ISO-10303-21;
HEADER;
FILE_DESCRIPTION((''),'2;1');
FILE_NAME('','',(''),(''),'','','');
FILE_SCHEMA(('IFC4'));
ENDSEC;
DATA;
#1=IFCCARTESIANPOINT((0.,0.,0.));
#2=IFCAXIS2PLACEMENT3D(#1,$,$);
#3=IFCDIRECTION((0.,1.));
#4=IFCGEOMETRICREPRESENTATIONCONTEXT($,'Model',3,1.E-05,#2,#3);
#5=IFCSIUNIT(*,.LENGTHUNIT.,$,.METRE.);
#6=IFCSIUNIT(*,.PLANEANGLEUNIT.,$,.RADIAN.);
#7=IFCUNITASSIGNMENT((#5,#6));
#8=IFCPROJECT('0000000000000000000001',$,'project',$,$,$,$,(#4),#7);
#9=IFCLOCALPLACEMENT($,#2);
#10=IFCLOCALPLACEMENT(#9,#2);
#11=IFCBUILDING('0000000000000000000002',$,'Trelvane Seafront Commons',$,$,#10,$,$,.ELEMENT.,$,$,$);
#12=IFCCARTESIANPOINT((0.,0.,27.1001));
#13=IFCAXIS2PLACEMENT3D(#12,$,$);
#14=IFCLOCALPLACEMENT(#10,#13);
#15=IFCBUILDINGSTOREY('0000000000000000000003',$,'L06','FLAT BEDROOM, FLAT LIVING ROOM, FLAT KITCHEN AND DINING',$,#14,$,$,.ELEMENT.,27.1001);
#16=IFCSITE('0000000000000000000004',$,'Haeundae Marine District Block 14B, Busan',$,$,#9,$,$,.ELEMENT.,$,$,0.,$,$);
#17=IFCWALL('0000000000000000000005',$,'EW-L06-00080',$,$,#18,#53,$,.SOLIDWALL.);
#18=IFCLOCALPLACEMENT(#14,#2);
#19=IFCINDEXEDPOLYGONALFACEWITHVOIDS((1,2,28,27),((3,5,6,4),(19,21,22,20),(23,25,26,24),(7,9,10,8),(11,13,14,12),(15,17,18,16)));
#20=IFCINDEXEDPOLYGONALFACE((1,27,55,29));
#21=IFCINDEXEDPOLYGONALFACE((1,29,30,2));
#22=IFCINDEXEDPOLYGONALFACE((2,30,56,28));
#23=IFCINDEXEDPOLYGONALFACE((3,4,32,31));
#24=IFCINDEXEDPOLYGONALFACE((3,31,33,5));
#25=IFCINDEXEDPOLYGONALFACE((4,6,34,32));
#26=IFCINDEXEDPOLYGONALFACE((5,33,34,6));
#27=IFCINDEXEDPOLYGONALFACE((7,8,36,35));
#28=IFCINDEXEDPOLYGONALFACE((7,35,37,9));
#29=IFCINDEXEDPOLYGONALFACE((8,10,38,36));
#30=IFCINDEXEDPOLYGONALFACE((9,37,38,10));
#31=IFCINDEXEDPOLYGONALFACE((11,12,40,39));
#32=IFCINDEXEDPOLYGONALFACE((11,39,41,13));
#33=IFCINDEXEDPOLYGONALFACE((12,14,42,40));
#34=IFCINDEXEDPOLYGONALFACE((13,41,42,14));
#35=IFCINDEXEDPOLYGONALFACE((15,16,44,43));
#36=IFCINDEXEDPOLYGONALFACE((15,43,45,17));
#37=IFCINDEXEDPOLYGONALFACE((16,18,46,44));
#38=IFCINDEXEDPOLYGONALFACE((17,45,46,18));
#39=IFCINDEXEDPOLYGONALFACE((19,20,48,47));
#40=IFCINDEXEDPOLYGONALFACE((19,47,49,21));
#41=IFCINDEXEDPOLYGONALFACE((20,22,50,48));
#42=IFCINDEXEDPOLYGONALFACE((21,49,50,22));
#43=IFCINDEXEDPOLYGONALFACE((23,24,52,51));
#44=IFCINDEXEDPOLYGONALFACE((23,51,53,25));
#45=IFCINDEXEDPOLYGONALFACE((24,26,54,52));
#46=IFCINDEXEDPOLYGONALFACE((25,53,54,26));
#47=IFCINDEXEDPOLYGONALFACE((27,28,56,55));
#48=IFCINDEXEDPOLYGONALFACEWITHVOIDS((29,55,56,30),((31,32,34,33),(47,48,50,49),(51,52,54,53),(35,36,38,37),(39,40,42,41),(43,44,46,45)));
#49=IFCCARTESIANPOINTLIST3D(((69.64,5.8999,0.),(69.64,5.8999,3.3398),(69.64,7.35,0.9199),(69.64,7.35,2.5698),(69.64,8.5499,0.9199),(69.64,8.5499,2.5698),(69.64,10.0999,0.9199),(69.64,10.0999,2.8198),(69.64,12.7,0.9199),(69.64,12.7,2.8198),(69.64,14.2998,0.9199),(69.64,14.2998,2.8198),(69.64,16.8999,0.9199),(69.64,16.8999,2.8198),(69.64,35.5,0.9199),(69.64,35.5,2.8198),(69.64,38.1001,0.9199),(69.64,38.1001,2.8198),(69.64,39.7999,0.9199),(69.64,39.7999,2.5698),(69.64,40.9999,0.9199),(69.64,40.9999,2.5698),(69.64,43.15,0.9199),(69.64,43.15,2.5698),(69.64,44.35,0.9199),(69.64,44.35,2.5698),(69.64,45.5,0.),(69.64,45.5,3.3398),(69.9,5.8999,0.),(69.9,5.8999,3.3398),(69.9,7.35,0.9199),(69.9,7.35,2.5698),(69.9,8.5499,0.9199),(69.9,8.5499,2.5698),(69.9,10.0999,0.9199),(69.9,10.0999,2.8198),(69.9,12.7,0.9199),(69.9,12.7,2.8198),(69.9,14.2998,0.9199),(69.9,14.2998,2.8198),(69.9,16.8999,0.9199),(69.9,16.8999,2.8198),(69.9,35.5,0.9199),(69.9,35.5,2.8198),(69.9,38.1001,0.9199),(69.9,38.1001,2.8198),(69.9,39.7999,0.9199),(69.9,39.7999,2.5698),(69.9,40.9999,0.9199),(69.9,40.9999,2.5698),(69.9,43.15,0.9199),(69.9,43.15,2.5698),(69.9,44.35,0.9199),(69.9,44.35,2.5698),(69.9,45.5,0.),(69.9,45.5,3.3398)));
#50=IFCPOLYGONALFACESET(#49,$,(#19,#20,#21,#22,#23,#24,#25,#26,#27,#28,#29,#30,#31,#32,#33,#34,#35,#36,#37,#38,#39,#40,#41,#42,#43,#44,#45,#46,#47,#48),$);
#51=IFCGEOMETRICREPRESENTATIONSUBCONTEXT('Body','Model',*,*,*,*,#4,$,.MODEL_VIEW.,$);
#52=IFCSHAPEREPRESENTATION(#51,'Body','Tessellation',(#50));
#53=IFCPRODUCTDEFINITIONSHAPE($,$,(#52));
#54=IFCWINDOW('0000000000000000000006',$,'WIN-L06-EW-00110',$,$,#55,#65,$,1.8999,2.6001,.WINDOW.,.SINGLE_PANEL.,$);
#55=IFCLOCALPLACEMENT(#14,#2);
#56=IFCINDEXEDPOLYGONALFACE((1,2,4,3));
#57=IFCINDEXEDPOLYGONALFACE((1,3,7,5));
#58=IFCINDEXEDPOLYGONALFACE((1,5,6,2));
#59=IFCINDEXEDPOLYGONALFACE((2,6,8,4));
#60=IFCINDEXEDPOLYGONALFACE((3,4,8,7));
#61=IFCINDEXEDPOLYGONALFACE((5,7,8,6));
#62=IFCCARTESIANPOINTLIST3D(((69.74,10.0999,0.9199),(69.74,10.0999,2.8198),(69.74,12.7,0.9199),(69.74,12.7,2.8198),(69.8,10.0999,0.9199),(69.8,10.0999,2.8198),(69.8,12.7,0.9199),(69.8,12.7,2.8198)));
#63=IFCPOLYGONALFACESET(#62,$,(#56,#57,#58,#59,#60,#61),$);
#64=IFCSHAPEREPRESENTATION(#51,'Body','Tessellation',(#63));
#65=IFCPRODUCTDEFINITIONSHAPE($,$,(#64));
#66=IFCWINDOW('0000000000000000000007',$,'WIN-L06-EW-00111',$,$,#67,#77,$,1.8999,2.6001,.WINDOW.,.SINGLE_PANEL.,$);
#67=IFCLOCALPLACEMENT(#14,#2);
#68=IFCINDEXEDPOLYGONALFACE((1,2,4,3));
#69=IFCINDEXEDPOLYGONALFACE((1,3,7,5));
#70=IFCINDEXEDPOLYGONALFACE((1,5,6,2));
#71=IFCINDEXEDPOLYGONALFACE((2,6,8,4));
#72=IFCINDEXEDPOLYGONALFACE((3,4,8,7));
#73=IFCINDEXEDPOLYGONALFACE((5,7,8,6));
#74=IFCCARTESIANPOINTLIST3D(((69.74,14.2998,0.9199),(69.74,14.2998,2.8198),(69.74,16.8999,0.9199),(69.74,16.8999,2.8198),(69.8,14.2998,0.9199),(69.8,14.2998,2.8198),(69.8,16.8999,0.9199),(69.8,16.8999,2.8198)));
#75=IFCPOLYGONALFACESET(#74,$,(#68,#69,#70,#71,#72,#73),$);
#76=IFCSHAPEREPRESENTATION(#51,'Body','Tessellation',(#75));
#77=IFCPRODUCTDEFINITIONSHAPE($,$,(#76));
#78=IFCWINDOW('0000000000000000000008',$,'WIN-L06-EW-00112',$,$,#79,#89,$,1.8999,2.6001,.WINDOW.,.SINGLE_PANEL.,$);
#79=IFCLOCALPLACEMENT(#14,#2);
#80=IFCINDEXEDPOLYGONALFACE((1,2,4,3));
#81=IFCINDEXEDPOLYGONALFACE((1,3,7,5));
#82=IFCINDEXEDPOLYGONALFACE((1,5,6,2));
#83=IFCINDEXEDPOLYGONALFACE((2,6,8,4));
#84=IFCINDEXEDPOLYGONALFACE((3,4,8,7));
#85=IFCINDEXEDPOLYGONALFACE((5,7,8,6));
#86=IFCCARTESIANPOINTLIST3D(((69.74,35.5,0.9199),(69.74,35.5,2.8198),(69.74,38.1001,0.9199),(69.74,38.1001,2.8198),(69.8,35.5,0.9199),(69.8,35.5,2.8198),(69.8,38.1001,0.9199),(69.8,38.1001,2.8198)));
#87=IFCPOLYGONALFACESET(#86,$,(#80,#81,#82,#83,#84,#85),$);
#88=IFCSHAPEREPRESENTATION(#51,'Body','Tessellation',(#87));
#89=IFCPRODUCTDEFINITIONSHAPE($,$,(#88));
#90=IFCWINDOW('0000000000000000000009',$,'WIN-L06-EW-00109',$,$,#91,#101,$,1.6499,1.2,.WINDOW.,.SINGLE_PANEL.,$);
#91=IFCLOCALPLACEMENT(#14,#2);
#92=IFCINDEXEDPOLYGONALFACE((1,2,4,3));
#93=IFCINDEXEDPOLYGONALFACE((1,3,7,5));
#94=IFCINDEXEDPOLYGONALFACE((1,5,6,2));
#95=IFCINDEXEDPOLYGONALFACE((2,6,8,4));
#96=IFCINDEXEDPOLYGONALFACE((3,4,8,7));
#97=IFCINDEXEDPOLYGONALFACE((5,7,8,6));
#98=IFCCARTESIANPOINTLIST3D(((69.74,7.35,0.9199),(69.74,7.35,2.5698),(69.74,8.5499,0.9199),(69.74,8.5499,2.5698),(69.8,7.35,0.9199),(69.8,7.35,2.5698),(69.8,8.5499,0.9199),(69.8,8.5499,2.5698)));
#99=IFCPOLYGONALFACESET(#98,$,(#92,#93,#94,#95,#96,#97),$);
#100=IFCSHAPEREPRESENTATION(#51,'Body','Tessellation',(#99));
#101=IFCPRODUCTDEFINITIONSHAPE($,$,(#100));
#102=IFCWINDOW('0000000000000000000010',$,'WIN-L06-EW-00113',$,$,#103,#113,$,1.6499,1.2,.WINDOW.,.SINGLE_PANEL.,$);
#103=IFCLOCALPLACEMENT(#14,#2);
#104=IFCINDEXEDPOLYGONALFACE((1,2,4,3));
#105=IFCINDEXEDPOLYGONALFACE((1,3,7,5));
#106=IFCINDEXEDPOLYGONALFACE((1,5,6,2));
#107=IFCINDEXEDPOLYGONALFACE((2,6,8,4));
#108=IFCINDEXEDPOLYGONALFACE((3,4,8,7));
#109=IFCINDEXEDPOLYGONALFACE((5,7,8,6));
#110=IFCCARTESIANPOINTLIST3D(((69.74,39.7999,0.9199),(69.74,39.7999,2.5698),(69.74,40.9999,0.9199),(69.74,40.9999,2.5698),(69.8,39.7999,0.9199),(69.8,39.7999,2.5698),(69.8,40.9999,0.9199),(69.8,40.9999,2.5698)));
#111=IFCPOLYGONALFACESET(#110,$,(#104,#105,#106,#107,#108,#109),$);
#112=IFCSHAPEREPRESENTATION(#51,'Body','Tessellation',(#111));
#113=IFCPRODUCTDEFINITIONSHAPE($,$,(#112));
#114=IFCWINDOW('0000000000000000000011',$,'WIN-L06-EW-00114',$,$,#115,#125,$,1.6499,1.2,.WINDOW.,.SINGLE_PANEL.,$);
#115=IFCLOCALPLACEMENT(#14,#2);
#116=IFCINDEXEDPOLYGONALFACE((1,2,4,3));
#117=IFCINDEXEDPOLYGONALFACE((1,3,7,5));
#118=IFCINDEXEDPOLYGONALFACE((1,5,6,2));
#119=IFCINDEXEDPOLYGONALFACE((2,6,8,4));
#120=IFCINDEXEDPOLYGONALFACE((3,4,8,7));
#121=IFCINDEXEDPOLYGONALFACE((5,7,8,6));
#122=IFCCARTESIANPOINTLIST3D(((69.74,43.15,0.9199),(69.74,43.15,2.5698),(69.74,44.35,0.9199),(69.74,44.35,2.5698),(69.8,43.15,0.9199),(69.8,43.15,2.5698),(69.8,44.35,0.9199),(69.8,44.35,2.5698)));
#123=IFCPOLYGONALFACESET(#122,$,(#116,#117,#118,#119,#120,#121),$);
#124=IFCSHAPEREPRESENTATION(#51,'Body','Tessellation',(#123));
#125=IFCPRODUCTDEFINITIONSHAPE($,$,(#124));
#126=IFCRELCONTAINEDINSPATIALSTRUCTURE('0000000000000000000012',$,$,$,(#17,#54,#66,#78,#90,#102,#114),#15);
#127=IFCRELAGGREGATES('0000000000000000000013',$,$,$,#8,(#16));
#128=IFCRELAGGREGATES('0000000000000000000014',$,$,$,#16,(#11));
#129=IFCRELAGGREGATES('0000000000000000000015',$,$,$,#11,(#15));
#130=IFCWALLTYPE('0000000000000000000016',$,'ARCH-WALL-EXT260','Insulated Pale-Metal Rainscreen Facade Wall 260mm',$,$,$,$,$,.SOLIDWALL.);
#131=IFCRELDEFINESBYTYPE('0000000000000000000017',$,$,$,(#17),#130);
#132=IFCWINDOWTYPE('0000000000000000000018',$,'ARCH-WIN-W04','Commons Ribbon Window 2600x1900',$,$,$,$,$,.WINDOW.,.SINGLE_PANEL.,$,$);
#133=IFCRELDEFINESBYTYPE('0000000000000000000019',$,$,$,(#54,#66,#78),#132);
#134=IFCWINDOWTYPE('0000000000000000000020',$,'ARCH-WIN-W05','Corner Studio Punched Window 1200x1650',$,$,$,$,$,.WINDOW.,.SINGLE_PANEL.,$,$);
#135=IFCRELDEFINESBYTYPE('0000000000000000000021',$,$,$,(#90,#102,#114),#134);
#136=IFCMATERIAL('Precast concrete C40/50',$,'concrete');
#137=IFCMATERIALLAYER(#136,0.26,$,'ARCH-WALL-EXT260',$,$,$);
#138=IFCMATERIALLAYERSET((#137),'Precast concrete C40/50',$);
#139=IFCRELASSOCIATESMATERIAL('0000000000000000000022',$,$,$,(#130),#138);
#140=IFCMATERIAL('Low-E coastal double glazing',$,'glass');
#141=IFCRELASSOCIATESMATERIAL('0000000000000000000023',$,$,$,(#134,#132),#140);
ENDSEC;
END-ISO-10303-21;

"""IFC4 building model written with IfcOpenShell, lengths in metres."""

from ifc_helpers import new_model, si_unit, direction, frame, frame_2d, origin, place, context, subcontext, project, spatial, rectangle, extrude, source, transform, mapped, material, layer, layer_set, type_object, element, fill, save


model = new_model("IFC4")

# Units and contexts
model_context = context("Model", 3, precision=1e-05, world=origin(), true_north=direction((0.0, 1.0)))
body_context = subcontext(model_context, "Body", "Model", "MODEL_VIEW")
ifc_project = project(units=[si_unit("LENGTHUNIT", "METRE"), si_unit("PLANEANGLEUNIT", "RADIAN")], contexts=[model_context])

# Site, building, storey
site_placement = place(None, origin())
site = spatial("IfcSite", under=ifc_project, at=site_placement, Name="Haeundae Marine District Block 14B, Busan", CompositionType="ELEMENT", RefElevation=0.0)
building_placement = place(site_placement, origin())
building = spatial("IfcBuilding", under=site, at=building_placement, Name="Trelvane Seafront Commons", CompositionType="ELEMENT")
storey_placement = place(building_placement, frame((0.0, 0.0, 27.1001)))
storey = spatial("IfcBuildingStorey", under=building, at=storey_placement, Name="L06", Description="FLAT BEDROOM, FLAT LIVING ROOM, FLAT KITCHEN AND DINING", CompositionType="ELEMENT", Elevation=27.1001)

# Shared definitions
ifc_material_1 = material(Name="Precast concrete C40/50", Category="concrete")
ifc_layer_1 = layer(ifc_material_1, 0.26, Name="ARCH-WALL-EXT260")
ifc_layer_set_1 = layer_set([ifc_layer_1], Name="Precast concrete C40/50")
wall_type_1 = type_object("IfcWallType", Name="ARCH-WALL-EXT260", Description="Insulated Pale-Metal Rainscreen Facade Wall 260mm", PredefinedType="SOLIDWALL", material=ifc_layer_set_1)
ifc_material_2 = material(Name="Low-E coastal double glazing", Category="glass")
window_type_1 = type_object("IfcWindowType", Name="ARCH-WIN-W05", Description="Corner Studio Punched Window 1200x1650", PartitioningType="SINGLE_PANEL", PredefinedType="WINDOW", material=ifc_material_2)
shared_shape_1 = source(origin(), body_context, "Body", "SweptSolid", [
    extrude(rectangle(XDim=1.2, YDim=1.6499, at=frame_2d((0.6001, 0.825))), frame((0.0, 0.03, 0.0), z_axis=(0.0, -1.0, 0.0), x_axis=(1.0, 0.0, 0.0)), (0.0, 0.0, 1.0), 0.0601),
])

# Wall, openings, windows
wall_1_placement = place(storey_placement, frame((69.77, 45.5, 0.0), z_axis=(0.0, 0.0, 1.0), x_axis=(0.0, -1.0, 0.0)))
wall_1 = element("IfcWall", 1, at=wall_1_placement, inside=storey, type_object=wall_type_1, Name="EW-L06-00080", PredefinedType="SOLIDWALL", context=body_context, shape_type="SweptSolid", body=[
    extrude(rectangle(XDim=39.6001, YDim=0.26, at=frame_2d((19.8, 0.0))), origin(), (0.0, 0.0, 1.0), 3.3398),
])
opening_1_placement = place(wall_1_placement, frame((36.95, 0.0, 0.9199)))
opening_1 = element("IfcOpeningElement", 2, at=opening_1_placement, cuts=wall_1, PredefinedType="OPENING", context=body_context, shape_type="SweptSolid", body=[
    extrude(rectangle(XDim=1.2, YDim=1.6499, at=frame_2d((0.6001, 0.825))), frame((0.0, 0.1399, 0.0), z_axis=(0.0, -1.0, 0.0), x_axis=(1.0, 0.0, 0.0)), (0.0, 0.0, 1.0), 0.28),
])
opening_2_placement = place(wall_1_placement, frame((32.8, 0.0, 0.9199)))
opening_2 = element("IfcOpeningElement", 3, at=opening_2_placement, cuts=wall_1, PredefinedType="OPENING", context=body_context, shape_type="SweptSolid", body=[
    extrude(rectangle(XDim=2.6001, YDim=1.8999, at=frame_2d((1.3, 0.95))), frame((0.0, 0.1399, 0.0), z_axis=(0.0, -1.0, 0.0), x_axis=(1.0, 0.0, 0.0)), (0.0, 0.0, 1.0), 0.28),
])
opening_3_placement = place(wall_1_placement, frame((28.6001, 0.0, 0.9199)))
opening_3 = element("IfcOpeningElement", 4, at=opening_3_placement, cuts=wall_1, PredefinedType="OPENING", context=body_context, shape_type="SweptSolid", body=[
    extrude(rectangle(XDim=2.6001, YDim=1.8999, at=frame_2d((1.3, 0.95))), frame((0.0, 0.1399, 0.0), z_axis=(0.0, -1.0, 0.0), x_axis=(1.0, 0.0, 0.0)), (0.0, 0.0, 1.0), 0.28),
])
opening_4_placement = place(wall_1_placement, frame((7.3999, 0.0, 0.9199)))
opening_4 = element("IfcOpeningElement", 5, at=opening_4_placement, cuts=wall_1, PredefinedType="OPENING", context=body_context, shape_type="SweptSolid", body=[
    extrude(rectangle(XDim=2.6001, YDim=1.8999, at=frame_2d((1.3, 0.95))), frame((0.0, 0.1399, 0.0), z_axis=(0.0, -1.0, 0.0), x_axis=(1.0, 0.0, 0.0)), (0.0, 0.0, 1.0), 0.28),
])
opening_5_placement = place(wall_1_placement, frame((4.5, 0.0, 0.9199)))
opening_5 = element("IfcOpeningElement", 6, at=opening_5_placement, cuts=wall_1, PredefinedType="OPENING", context=body_context, shape_type="SweptSolid", body=[
    extrude(rectangle(XDim=1.2, YDim=1.6499, at=frame_2d((0.6001, 0.825))), frame((0.0, 0.1399, 0.0), z_axis=(0.0, -1.0, 0.0), x_axis=(1.0, 0.0, 0.0)), (0.0, 0.0, 1.0), 0.28),
])
opening_6_placement = place(wall_1_placement, frame((1.1499, 0.0, 0.9199)))
opening_6 = element("IfcOpeningElement", 7, at=opening_6_placement, cuts=wall_1, PredefinedType="OPENING", context=body_context, shape_type="SweptSolid", body=[
    extrude(rectangle(XDim=1.2, YDim=1.6499, at=frame_2d((0.6001, 0.825))), frame((0.0, 0.1399, 0.0), z_axis=(0.0, -1.0, 0.0), x_axis=(1.0, 0.0, 0.0)), (0.0, 0.0, 1.0), 0.28),
])
window_type_2 = type_object("IfcWindowType", Name="ARCH-WIN-W04", Description="Commons Ribbon Window 2600x1900", PartitioningType="SINGLE_PANEL", PredefinedType="WINDOW", material=ifc_material_2)
shared_shape_2 = source(origin(), body_context, "Body", "SweptSolid", [
    extrude(rectangle(XDim=2.6001, YDim=1.8999, at=frame_2d((1.3, 0.95))), frame((0.0, 0.03, 0.0), z_axis=(0.0, -1.0, 0.0), x_axis=(1.0, 0.0, 0.0)), (0.0, 0.0, 1.0), 0.0601),
])
window_1_placement = place(opening_2_placement, origin())
window_1 = element("IfcWindow", 8, at=window_1_placement, inside=storey, type_object=window_type_2, Name="WIN-L06-EW-00110", OverallHeight=1.8999, OverallWidth=2.6001, PartitioningType="SINGLE_PANEL", PredefinedType="WINDOW", context=body_context, shape_type="MappedRepresentation", body=[
    mapped(shared_shape_2, transform((0.0, 0.0, 0.0), x_axis=(1.0, 0.0, 0.0), y_axis=(0.0, 1.0, 0.0), z_axis=(0.0, 0.0, 1.0), scale=1.0)),
])
fill(opening_2, window_1)
window_2_placement = place(opening_3_placement, origin())
window_2 = element("IfcWindow", 9, at=window_2_placement, inside=storey, type_object=window_type_2, Name="WIN-L06-EW-00111", OverallHeight=1.8999, OverallWidth=2.6001, PartitioningType="SINGLE_PANEL", PredefinedType="WINDOW", context=body_context, shape_type="MappedRepresentation", body=[
    mapped(shared_shape_2, transform((0.0, 0.0, 0.0), x_axis=(1.0, 0.0, 0.0), y_axis=(0.0, 1.0, 0.0), z_axis=(0.0, 0.0, 1.0), scale=1.0)),
])
fill(opening_3, window_2)
window_3_placement = place(opening_4_placement, origin())
window_3 = element("IfcWindow", 10, at=window_3_placement, inside=storey, type_object=window_type_2, Name="WIN-L06-EW-00112", OverallHeight=1.8999, OverallWidth=2.6001, PartitioningType="SINGLE_PANEL", PredefinedType="WINDOW", context=body_context, shape_type="MappedRepresentation", body=[
    mapped(shared_shape_2, transform((0.0, 0.0, 0.0), x_axis=(1.0, 0.0, 0.0), y_axis=(0.0, 1.0, 0.0), z_axis=(0.0, 0.0, 1.0), scale=1.0)),
])
fill(opening_4, window_3)
window_4_placement = place(opening_1_placement, origin())
window_4 = element("IfcWindow", 11, at=window_4_placement, inside=storey, type_object=window_type_1, Name="WIN-L06-EW-00109", OverallHeight=1.6499, OverallWidth=1.2, PartitioningType="SINGLE_PANEL", PredefinedType="WINDOW", context=body_context, shape_type="MappedRepresentation", body=[
    mapped(shared_shape_1, transform((0.0, 0.0, 0.0), x_axis=(1.0, 0.0, 0.0), y_axis=(0.0, 1.0, 0.0), z_axis=(0.0, 0.0, 1.0), scale=1.0)),
])
fill(opening_1, window_4)
window_5_placement = place(opening_5_placement, origin())
window_5 = element("IfcWindow", 12, at=window_5_placement, inside=storey, type_object=window_type_1, Name="WIN-L06-EW-00113", OverallHeight=1.6499, OverallWidth=1.2, PartitioningType="SINGLE_PANEL", PredefinedType="WINDOW", context=body_context, shape_type="MappedRepresentation", body=[
    mapped(shared_shape_1, transform((0.0, 0.0, 0.0), x_axis=(1.0, 0.0, 0.0), y_axis=(0.0, 1.0, 0.0), z_axis=(0.0, 0.0, 1.0), scale=1.0)),
])
fill(opening_5, window_5)
window_6_placement = place(opening_6_placement, origin())
window_6 = element("IfcWindow", 13, at=window_6_placement, inside=storey, type_object=window_type_1, Name="WIN-L06-EW-00114", OverallHeight=1.6499, OverallWidth=1.2, PartitioningType="SINGLE_PANEL", PredefinedType="WINDOW", context=body_context, shape_type="MappedRepresentation", body=[
    mapped(shared_shape_1, transform((0.0, 0.0, 0.0), x_axis=(1.0, 0.0, 0.0), y_axis=(0.0, 1.0, 0.0), z_axis=(0.0, 0.0, 1.0), scale=1.0)),
])
fill(opening_6, window_6)

save(model, "model.ifc")
